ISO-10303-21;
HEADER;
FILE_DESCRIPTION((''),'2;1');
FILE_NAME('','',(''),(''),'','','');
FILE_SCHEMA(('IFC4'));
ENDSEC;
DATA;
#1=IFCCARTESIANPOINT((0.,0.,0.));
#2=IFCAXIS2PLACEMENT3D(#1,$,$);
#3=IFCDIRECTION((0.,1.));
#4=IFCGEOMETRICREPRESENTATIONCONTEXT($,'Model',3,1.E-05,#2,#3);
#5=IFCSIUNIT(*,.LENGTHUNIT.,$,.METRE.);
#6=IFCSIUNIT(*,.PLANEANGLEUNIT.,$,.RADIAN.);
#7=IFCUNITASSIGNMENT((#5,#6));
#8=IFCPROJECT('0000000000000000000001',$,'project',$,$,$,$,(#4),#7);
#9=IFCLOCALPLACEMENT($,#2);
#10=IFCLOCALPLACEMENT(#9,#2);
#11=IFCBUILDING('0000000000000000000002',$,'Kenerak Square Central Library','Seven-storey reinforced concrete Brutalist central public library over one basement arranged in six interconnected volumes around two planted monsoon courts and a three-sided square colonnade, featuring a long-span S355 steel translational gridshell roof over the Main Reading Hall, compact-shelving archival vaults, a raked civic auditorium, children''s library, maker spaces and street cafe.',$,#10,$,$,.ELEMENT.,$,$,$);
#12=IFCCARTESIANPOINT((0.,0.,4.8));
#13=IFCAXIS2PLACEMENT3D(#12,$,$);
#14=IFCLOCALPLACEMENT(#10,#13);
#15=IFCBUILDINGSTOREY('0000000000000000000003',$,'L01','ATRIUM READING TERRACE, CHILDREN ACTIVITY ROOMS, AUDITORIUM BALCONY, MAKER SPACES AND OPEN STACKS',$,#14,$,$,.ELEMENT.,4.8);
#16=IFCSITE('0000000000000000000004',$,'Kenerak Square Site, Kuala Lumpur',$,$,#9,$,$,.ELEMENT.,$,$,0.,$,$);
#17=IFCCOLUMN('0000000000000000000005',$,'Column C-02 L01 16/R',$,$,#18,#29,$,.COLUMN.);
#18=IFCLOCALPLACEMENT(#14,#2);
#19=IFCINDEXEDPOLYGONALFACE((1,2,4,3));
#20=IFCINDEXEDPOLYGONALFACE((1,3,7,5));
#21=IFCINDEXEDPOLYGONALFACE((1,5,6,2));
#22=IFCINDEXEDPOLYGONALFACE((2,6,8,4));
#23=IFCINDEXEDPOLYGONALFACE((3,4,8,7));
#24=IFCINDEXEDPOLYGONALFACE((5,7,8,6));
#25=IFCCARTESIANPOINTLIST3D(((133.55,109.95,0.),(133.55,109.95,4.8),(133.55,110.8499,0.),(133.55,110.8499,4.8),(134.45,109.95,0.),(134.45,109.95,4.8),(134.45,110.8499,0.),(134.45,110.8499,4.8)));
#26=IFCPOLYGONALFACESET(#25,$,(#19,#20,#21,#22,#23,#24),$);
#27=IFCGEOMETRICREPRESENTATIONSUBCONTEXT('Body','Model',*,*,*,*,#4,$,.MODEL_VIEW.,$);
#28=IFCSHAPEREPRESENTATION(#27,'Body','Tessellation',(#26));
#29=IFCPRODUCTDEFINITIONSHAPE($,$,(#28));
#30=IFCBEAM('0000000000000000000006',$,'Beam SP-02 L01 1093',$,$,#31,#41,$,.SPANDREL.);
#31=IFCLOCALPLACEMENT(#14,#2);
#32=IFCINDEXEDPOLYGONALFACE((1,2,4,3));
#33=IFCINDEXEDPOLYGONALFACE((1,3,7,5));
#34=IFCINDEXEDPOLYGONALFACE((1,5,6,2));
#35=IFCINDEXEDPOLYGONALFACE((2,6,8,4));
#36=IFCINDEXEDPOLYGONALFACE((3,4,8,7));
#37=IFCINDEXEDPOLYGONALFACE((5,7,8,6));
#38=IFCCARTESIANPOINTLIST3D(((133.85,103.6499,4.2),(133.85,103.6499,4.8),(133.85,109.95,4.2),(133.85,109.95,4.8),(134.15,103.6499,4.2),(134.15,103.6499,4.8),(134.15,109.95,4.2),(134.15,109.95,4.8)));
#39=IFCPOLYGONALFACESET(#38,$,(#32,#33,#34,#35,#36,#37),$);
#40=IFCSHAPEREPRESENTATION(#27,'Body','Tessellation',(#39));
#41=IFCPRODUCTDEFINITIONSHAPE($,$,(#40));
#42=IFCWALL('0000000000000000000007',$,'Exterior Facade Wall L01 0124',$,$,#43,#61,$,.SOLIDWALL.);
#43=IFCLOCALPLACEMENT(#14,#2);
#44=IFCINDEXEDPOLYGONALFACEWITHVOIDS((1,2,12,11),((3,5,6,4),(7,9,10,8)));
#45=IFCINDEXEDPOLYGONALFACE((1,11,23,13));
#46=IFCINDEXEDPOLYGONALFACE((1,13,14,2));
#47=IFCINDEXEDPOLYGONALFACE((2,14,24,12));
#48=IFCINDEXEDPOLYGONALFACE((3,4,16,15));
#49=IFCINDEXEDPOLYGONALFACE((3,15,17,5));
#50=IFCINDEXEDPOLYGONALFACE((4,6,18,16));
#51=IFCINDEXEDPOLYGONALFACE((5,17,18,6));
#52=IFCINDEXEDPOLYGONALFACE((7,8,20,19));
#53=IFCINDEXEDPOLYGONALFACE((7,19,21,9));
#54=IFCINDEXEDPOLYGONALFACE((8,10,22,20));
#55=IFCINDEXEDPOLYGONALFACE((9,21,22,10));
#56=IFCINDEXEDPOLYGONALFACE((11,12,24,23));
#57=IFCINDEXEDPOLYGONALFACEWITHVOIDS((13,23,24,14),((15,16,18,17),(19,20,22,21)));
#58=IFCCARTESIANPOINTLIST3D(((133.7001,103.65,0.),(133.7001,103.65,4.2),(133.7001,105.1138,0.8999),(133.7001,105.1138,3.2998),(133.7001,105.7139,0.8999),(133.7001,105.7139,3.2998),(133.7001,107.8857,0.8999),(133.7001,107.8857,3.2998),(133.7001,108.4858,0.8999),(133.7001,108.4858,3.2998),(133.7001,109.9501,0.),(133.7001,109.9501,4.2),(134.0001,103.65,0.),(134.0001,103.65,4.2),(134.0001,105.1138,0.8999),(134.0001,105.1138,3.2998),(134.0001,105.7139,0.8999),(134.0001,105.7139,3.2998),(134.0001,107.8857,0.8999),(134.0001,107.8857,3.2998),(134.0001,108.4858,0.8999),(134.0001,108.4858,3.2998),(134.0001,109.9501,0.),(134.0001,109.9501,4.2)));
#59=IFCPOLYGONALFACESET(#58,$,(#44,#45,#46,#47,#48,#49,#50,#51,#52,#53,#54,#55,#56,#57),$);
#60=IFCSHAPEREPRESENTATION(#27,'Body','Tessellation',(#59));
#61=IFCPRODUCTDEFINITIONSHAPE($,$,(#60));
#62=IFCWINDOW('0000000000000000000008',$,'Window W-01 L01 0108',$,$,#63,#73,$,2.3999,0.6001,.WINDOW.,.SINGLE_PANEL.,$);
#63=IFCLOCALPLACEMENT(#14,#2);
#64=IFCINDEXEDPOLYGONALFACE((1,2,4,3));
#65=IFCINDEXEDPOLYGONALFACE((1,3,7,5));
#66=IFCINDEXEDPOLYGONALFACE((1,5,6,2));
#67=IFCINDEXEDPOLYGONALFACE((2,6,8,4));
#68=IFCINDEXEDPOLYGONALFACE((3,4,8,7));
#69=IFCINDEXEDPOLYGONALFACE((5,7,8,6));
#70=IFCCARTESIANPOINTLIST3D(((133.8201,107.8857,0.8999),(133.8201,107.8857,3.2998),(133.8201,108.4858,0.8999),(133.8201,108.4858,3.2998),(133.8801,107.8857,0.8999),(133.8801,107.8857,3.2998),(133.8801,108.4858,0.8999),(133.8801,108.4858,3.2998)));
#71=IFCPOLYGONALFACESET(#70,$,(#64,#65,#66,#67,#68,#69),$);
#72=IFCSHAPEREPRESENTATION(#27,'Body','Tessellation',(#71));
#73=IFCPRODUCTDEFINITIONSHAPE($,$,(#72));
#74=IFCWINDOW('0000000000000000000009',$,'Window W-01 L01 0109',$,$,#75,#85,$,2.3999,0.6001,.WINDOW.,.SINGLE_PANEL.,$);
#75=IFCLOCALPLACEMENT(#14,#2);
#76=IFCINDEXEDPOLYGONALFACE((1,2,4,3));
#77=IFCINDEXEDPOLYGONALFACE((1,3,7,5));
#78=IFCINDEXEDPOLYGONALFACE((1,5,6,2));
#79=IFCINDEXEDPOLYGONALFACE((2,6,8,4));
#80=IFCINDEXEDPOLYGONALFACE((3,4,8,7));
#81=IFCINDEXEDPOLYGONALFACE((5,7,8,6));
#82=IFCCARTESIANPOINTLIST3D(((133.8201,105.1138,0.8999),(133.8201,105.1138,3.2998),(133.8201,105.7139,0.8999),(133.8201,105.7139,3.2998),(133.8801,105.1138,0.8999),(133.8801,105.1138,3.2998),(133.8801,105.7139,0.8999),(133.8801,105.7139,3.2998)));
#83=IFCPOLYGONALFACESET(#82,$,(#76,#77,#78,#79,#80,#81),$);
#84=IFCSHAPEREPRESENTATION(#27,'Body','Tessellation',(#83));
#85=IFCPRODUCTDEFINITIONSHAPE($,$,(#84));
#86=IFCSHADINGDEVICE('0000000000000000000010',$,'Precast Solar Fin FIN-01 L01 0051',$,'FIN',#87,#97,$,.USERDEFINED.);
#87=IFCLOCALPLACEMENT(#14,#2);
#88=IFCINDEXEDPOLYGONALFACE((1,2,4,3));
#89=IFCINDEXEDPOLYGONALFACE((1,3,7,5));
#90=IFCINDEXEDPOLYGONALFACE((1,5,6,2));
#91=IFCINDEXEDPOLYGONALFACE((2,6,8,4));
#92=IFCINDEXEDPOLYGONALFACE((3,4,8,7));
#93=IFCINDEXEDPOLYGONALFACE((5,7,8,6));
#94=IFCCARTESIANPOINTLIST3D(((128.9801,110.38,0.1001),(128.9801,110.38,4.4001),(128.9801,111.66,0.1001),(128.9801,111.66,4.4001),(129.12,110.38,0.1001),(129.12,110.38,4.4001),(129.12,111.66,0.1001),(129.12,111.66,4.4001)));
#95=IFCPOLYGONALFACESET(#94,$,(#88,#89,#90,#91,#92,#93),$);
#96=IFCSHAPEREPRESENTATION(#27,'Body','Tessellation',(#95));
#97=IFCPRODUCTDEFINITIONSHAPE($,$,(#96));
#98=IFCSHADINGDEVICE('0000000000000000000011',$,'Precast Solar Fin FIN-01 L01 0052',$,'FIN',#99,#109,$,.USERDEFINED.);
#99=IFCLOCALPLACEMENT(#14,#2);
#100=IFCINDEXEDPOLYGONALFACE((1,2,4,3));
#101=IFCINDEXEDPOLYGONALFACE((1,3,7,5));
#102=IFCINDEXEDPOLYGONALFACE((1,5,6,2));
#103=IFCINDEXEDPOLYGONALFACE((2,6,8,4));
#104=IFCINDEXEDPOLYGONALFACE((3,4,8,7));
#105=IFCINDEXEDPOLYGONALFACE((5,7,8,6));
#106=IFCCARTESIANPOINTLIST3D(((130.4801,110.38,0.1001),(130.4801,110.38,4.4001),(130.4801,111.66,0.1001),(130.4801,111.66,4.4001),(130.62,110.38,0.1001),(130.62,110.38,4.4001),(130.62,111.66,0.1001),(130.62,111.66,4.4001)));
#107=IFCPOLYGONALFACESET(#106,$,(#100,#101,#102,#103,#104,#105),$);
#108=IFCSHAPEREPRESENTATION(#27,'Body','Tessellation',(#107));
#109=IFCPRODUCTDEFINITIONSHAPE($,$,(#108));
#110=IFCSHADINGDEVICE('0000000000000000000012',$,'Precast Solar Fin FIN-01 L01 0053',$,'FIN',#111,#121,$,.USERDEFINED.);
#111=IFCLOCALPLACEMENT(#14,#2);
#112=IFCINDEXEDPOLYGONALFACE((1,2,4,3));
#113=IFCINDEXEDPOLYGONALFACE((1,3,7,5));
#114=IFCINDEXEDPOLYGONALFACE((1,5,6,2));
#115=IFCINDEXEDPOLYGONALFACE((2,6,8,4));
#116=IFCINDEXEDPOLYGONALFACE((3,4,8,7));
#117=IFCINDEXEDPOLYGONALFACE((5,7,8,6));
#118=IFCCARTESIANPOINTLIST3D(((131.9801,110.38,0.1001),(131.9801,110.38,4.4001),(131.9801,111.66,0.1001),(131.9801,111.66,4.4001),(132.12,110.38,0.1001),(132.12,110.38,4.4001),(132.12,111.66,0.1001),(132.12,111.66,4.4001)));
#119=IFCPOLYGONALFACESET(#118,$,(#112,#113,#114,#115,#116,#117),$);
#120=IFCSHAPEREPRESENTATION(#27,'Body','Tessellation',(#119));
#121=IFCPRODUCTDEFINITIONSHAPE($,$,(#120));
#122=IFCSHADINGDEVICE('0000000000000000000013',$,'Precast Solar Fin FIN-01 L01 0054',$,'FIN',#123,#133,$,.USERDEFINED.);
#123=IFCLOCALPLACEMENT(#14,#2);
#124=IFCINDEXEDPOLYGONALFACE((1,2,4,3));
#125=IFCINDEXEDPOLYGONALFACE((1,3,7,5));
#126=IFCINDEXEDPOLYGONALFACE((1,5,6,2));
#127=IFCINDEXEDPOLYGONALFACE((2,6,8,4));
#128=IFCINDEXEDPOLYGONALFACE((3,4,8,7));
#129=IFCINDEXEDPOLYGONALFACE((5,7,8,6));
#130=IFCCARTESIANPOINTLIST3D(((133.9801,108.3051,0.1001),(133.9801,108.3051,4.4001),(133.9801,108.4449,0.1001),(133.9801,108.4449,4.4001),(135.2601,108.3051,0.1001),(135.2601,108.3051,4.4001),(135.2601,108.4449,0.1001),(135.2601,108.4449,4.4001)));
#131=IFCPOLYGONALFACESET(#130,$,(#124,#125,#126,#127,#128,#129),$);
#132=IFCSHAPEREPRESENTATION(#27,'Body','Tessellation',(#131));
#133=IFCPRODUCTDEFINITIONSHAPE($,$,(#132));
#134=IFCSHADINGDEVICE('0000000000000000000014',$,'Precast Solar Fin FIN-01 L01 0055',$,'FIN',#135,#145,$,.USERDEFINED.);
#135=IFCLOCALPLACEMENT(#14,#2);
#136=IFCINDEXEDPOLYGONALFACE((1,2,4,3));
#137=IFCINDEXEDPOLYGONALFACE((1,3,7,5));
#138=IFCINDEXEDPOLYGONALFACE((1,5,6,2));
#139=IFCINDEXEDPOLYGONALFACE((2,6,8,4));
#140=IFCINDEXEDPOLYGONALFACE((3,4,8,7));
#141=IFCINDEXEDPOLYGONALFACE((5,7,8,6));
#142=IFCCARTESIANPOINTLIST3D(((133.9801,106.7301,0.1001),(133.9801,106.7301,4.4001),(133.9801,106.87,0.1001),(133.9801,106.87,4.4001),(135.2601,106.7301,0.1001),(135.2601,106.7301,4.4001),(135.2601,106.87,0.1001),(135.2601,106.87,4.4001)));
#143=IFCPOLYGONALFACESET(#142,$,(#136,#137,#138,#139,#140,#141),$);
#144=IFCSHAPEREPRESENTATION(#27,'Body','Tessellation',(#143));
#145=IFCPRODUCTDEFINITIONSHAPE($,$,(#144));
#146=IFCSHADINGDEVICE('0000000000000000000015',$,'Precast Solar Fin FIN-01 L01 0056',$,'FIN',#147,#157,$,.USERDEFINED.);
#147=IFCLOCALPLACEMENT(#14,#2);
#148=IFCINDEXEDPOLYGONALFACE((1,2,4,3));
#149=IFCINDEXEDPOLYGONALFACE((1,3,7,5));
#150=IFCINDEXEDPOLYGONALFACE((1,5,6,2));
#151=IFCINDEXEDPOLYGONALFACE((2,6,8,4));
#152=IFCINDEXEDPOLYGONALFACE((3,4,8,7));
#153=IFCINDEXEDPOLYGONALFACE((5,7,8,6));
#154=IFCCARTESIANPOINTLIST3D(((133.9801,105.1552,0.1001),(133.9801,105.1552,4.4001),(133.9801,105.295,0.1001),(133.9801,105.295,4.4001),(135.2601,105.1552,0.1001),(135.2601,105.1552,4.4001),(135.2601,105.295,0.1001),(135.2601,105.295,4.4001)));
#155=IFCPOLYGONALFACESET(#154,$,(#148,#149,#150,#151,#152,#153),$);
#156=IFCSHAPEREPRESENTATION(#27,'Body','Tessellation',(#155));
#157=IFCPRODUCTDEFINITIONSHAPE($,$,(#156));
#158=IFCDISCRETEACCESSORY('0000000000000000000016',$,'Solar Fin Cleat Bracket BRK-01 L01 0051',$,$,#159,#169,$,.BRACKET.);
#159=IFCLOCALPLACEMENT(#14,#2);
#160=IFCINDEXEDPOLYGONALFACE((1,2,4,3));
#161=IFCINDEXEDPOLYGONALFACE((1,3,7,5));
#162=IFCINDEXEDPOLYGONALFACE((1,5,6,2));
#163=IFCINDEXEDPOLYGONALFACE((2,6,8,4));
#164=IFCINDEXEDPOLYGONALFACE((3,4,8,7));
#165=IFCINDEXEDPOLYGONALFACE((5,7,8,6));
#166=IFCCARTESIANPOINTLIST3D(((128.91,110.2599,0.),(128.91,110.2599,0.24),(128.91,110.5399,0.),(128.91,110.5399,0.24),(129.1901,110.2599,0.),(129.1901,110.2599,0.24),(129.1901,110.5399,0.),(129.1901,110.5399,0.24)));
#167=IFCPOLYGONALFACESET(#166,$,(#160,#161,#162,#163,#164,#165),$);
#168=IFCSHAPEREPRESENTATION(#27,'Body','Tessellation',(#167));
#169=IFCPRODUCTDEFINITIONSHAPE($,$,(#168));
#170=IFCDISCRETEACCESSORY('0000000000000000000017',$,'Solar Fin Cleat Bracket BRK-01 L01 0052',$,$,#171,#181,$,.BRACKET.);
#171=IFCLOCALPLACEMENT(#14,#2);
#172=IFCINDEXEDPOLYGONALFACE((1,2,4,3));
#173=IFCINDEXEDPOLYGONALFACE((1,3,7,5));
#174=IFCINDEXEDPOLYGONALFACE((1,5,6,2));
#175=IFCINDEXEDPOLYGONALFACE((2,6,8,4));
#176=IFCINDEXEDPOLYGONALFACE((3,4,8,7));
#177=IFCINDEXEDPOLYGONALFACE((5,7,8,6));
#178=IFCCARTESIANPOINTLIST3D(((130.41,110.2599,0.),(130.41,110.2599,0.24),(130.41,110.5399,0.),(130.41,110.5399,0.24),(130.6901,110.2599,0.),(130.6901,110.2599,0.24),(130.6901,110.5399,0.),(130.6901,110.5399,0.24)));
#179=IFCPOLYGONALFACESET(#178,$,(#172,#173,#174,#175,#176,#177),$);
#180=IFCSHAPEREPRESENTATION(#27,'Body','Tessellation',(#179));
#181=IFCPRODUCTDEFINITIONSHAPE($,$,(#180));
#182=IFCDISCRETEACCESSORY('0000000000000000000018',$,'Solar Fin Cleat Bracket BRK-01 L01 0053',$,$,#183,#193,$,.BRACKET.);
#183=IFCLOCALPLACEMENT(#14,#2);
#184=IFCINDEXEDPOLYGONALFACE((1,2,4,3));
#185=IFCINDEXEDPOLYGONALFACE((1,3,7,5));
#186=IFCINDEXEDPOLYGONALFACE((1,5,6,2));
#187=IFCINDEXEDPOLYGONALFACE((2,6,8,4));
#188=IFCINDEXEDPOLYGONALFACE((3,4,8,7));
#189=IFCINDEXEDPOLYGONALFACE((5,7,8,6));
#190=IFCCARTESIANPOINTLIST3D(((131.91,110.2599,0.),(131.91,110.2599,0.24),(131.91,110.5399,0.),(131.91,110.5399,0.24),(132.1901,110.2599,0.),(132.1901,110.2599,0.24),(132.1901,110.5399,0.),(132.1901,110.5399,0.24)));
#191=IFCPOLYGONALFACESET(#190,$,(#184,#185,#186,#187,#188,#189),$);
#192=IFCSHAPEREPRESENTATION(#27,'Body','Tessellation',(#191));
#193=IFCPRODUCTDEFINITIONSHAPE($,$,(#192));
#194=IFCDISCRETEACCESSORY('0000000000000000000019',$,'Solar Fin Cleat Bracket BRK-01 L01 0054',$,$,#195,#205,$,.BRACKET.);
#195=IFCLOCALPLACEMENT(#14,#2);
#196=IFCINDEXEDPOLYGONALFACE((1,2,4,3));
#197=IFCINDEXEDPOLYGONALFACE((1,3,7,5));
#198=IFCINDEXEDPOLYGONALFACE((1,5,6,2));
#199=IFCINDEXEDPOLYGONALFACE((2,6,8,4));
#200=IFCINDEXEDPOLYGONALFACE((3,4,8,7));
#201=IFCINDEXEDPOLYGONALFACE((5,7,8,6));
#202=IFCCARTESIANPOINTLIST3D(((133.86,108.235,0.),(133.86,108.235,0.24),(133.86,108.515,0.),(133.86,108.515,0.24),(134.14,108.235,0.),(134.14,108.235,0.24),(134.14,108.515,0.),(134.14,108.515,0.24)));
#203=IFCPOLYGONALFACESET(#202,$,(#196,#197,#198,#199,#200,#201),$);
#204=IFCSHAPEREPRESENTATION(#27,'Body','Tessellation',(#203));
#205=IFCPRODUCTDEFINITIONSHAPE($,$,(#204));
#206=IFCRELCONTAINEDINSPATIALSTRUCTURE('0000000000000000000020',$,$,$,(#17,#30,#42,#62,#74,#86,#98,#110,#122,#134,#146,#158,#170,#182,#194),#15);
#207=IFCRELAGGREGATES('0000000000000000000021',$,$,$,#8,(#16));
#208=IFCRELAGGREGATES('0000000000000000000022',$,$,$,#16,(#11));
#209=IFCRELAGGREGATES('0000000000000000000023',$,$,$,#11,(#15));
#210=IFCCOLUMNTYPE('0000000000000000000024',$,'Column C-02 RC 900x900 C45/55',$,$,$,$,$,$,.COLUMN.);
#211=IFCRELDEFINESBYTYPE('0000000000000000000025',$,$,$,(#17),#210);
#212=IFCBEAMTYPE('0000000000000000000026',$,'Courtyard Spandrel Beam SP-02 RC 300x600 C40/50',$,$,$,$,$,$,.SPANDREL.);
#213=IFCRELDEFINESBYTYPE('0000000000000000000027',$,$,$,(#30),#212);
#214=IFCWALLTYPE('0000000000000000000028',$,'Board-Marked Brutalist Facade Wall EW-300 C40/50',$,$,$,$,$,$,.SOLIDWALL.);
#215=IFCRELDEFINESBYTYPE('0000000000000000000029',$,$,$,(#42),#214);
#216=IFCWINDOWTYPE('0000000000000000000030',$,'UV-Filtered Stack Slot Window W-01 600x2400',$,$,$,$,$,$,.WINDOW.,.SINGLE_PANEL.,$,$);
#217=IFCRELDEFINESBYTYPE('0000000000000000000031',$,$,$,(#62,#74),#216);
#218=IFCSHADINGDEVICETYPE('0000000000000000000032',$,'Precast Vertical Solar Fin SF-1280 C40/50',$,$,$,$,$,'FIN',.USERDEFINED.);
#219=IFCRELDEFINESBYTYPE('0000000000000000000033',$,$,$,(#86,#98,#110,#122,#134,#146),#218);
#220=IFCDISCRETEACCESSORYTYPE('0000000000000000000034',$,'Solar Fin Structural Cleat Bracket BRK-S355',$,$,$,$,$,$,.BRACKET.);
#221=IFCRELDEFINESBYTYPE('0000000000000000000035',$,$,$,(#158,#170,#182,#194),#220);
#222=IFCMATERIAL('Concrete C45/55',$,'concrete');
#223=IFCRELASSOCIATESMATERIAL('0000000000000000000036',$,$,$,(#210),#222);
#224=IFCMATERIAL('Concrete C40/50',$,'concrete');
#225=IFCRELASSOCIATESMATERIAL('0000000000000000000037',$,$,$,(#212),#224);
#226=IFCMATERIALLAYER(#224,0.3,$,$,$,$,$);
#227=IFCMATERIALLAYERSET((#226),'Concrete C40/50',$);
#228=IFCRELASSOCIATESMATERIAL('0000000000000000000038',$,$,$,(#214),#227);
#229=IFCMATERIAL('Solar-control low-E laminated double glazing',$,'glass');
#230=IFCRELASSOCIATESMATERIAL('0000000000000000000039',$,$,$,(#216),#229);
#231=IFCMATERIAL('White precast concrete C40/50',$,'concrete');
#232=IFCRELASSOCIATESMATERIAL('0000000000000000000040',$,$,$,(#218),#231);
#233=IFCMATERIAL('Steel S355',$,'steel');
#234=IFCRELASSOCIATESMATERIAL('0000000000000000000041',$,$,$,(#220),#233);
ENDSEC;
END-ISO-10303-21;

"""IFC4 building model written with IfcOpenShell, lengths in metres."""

from ifc_helpers import new_model, si_unit, direction, frame, frame_2d, origin, origin_2d, place, context, subcontext, project, spatial, rectangle, extrude, material, layer, layer_set, material_profile, profile_set, type_object, element, fill, save


model = new_model("IFC4")

# Units and contexts
model_context = context("Model", 3, precision=1e-05, world=origin(), true_north=direction((0.0, 1.0)))
body_context = subcontext(model_context, "Body", "Model", "MODEL_VIEW")
ifc_project = project(units=[si_unit("LENGTHUNIT", "METRE"), si_unit("PLANEANGLEUNIT", "RADIAN")], contexts=[model_context])

# Site, building, storey
site_placement = place(None, origin())
site = spatial("IfcSite", under=ifc_project, at=site_placement, Name="Kenerak Square Site, Kuala Lumpur", CompositionType="ELEMENT", RefElevation=0.0)
building_placement = place(site_placement, origin())
building = spatial("IfcBuilding", under=site, at=building_placement, Name="Kenerak Square Central Library", Description="Seven-storey reinforced concrete Brutalist central public library over one basement arranged in six interconnected volumes around two planted monsoon courts and a three-sided square colonnade, featuring a long-span S355 steel translational gridshell roof over the Main Reading Hall, compact-shelving archival vaults, a raked civic auditorium, children's library, maker spaces and street cafe.", CompositionType="ELEMENT")
storey_placement = place(building_placement, frame((0.0, 0.0, 4.8)))
storey = spatial("IfcBuildingStorey", under=building, at=storey_placement, Name="L01", Description="ATRIUM READING TERRACE, CHILDREN ACTIVITY ROOMS, AUDITORIUM BALCONY, MAKER SPACES AND OPEN STACKS", CompositionType="ELEMENT", Elevation=4.8)

# Column
ifc_material_1 = material(Name="Concrete C45/55", Category="concrete")
ifc_material_profile_1 = material_profile(ifc_material_1, rectangle(XDim=0.8999, YDim=0.8999, at=origin_2d()), Name="RC 900x900")
ifc_profile_set_1 = profile_set([ifc_material_profile_1], Name="Concrete C45/55")
column_type = type_object("IfcColumnType", Name="Column C-02 RC 900x900 C45/55", PredefinedType="COLUMN", material=ifc_profile_set_1)
column_placement = place(storey_placement, frame((134.0, 110.3999, 0.0), z_axis=(0.0, 0.0, 1.0), x_axis=(1.0, 0.0, 0.0)))
element("IfcColumn", 1, at=column_placement, inside=storey, type_object=column_type, Name="Column C-02 L01 16/R", PredefinedType="COLUMN", context=body_context, shape_type="SweptSolid", body=[
    extrude(rectangle(XDim=0.8999, YDim=0.8999, at=origin_2d()), origin(), (0.0, 0.0, 1.0), 4.8),
])

# Beam
ifc_material_2 = material(Name="Concrete C40/50", Category="concrete")
ifc_material_profile_2 = material_profile(ifc_material_2, rectangle(XDim=0.3, YDim=0.6001, at=origin_2d()), Name="RC 300x600")
ifc_profile_set_2 = profile_set([ifc_material_profile_2], Name="Concrete C40/50")
beam_type = type_object("IfcBeamType", Name="Courtyard Spandrel Beam SP-02 RC 300x600 C40/50", PredefinedType="SPANDREL", material=ifc_profile_set_2)
beam_placement = place(storey_placement, frame((134.0, 103.6499, 4.5), z_axis=(0.0, 1.0, 0.0), x_axis=(-1.0, 0.0, 0.0)))
element("IfcBeam", 2, at=beam_placement, inside=storey, type_object=beam_type, Name="Beam SP-02 L01 1093", PredefinedType="SPANDREL", context=body_context, shape_type="SweptSolid", body=[
    extrude(rectangle(XDim=0.3, YDim=0.6001, at=origin_2d()), origin(), (0.0, 0.0, 1.0), 6.3),
])

# Wall, openings, windows
ifc_layer = layer(ifc_material_2, 0.3)
ifc_layer_set = layer_set([ifc_layer], Name="Concrete C40/50")
wall_type = type_object("IfcWallType", Name="Board-Marked Brutalist Facade Wall EW-300 C40/50", PredefinedType="SOLIDWALL", material=ifc_layer_set)
wall_placement = place(storey_placement, frame((133.8501, 109.95, 0.0), z_axis=(0.0, 0.0, 1.0), x_axis=(0.0, -1.0, 0.0)))
wall = element("IfcWall", 3, at=wall_placement, inside=storey, type_object=wall_type, Name="Exterior Facade Wall L01 0124", PredefinedType="SOLIDWALL", context=body_context, shape_type="SweptSolid", body=[
    extrude(rectangle(XDim=6.3, YDim=0.3, at=frame_2d((3.1499, 0.0))), origin(), (0.0, 0.0, 1.0), 4.2),
])
opening_1_placement = place(wall_placement, frame((1.4641, 0.0, 0.8999)))
opening_1 = element("IfcOpeningElement", 4, at=opening_1_placement, cuts=wall, PredefinedType="OPENING", context=body_context, shape_type="SweptSolid", body=[
    extrude(rectangle(XDim=0.6001, YDim=2.3999, at=frame_2d((0.3, 1.2))), frame((0.0, 0.1599, 0.0), z_axis=(0.0, -1.0, 0.0), x_axis=(1.0, 0.0, 0.0)), (0.0, 0.0, 1.0), 0.3201),
])
opening_2_placement = place(wall_placement, frame((4.2361, 0.0, 0.8999)))
opening_2 = element("IfcOpeningElement", 5, at=opening_2_placement, cuts=wall, PredefinedType="OPENING", context=body_context, shape_type="SweptSolid", body=[
    extrude(rectangle(XDim=0.6001, YDim=2.3999, at=frame_2d((0.3, 1.2))), frame((0.0, 0.1599, 0.0), z_axis=(0.0, -1.0, 0.0), x_axis=(1.0, 0.0, 0.0)), (0.0, 0.0, 1.0), 0.3201),
])
ifc_material_3 = material(Name="Solar-control low-E laminated double glazing", Category="glass")
window_type = type_object("IfcWindowType", Name="UV-Filtered Stack Slot Window W-01 600x2400", PartitioningType="SINGLE_PANEL", PredefinedType="WINDOW", material=ifc_material_3)
window_1_placement = place(opening_1_placement, origin())
window_1 = element("IfcWindow", 6, at=window_1_placement, inside=storey, type_object=window_type, Name="Window W-01 L01 0108", OverallHeight=2.3999, OverallWidth=0.6001, PartitioningType="SINGLE_PANEL", PredefinedType="WINDOW", context=body_context, shape_type="SweptSolid", body=[
    extrude(rectangle(XDim=0.6001, YDim=2.3999, at=frame_2d((0.3, 1.2))), frame((0.0, 0.03, 0.0), z_axis=(0.0, -1.0, 0.0), x_axis=(1.0, 0.0, 0.0)), (0.0, 0.0, 1.0), 0.0601),
])
fill(opening_1, window_1)
window_2_placement = place(opening_2_placement, origin())
window_2 = element("IfcWindow", 7, at=window_2_placement, inside=storey, type_object=window_type, Name="Window W-01 L01 0109", OverallHeight=2.3999, OverallWidth=0.6001, PartitioningType="SINGLE_PANEL", PredefinedType="WINDOW", context=body_context, shape_type="SweptSolid", body=[
    extrude(rectangle(XDim=0.6001, YDim=2.3999, at=frame_2d((0.3, 1.2))), frame((0.0, 0.03, 0.0), z_axis=(0.0, -1.0, 0.0), x_axis=(1.0, 0.0, 0.0)), (0.0, 0.0, 1.0), 0.0601),
])
fill(opening_2, window_2)

# Shading devices
ifc_material_4 = material(Name="White precast concrete C40/50", Category="concrete")
shading_device_type = type_object("IfcShadingDeviceType", Name="Precast Vertical Solar Fin SF-1280 C40/50", ElementType="FIN", PredefinedType="USERDEFINED", material=ifc_material_4)
for number, where, z_axis, x_axis, name in (
    (8, (129.05, 111.02, 0.1001), (0.0, 0.0, 1.0), (1.0, 0.0, 0.0), "Precast Solar Fin FIN-01 L01 0051"),
    (9, (130.55, 111.02, 0.1001), (0.0, 0.0, 1.0), (1.0, 0.0, 0.0), "Precast Solar Fin FIN-01 L01 0052"),
    (10, (132.05, 111.02, 0.1001), (0.0, 0.0, 1.0), (1.0, 0.0, 0.0), "Precast Solar Fin FIN-01 L01 0053"),
    (11, (134.6201, 108.375, 0.1001), (0.0, 0.0, 1.0), (0.0, -1.0, 0.0), "Precast Solar Fin FIN-01 L01 0054"),
    (12, (134.6201, 106.8, 0.1001), (0.0, 0.0, 1.0), (0.0, -1.0, 0.0), "Precast Solar Fin FIN-01 L01 0055"),
    (13, (134.6201, 105.2251, 0.1001), (0.0, 0.0, 1.0), (0.0, -1.0, 0.0), "Precast Solar Fin FIN-01 L01 0056"),
):
    element("IfcShadingDevice", number, at=place(storey_placement, frame(where, z_axis=z_axis, x_axis=x_axis)), inside=storey, type_object=shading_device_type, Name=name, ObjectType="FIN", PredefinedType="USERDEFINED", context=body_context, shape_type="SweptSolid", body=[
        extrude(rectangle(XDim=0.1399, YDim=1.28, at=origin_2d()), origin(), (0.0, 0.0, 1.0), 4.3),
    ])

# Discrete accessories
ifc_material_5 = material(Name="Steel S355", Category="steel")
discrete_accessory_type = type_object("IfcDiscreteAccessoryType", Name="Solar Fin Structural Cleat Bracket BRK-S355", PredefinedType="BRACKET", material=ifc_material_5)
for number, where, z_axis, x_axis, name in (
    (14, (129.05, 110.3999, 0.0), (0.0, 0.0, 1.0), (1.0, 0.0, 0.0), "Solar Fin Cleat Bracket BRK-01 L01 0051"),
    (15, (130.55, 110.3999, 0.0), (0.0, 0.0, 1.0), (1.0, 0.0, 0.0), "Solar Fin Cleat Bracket BRK-01 L01 0052"),
    (16, (132.05, 110.3999, 0.0), (0.0, 0.0, 1.0), (1.0, 0.0, 0.0), "Solar Fin Cleat Bracket BRK-01 L01 0053"),
    (17, (134.0, 108.375, 0.0), (0.0, 0.0, 1.0), (0.0, -1.0, 0.0), "Solar Fin Cleat Bracket BRK-01 L01 0054"),
):
    element("IfcDiscreteAccessory", number, at=place(storey_placement, frame(where, z_axis=z_axis, x_axis=x_axis)), inside=storey, type_object=discrete_accessory_type, Name=name, PredefinedType="BRACKET", context=body_context, shape_type="SweptSolid", body=[
        extrude(rectangle(XDim=0.28, YDim=0.28, at=origin_2d()), origin(), (0.0, 0.0, 1.0), 0.24),
    ])

save(model, "model.ifc")
